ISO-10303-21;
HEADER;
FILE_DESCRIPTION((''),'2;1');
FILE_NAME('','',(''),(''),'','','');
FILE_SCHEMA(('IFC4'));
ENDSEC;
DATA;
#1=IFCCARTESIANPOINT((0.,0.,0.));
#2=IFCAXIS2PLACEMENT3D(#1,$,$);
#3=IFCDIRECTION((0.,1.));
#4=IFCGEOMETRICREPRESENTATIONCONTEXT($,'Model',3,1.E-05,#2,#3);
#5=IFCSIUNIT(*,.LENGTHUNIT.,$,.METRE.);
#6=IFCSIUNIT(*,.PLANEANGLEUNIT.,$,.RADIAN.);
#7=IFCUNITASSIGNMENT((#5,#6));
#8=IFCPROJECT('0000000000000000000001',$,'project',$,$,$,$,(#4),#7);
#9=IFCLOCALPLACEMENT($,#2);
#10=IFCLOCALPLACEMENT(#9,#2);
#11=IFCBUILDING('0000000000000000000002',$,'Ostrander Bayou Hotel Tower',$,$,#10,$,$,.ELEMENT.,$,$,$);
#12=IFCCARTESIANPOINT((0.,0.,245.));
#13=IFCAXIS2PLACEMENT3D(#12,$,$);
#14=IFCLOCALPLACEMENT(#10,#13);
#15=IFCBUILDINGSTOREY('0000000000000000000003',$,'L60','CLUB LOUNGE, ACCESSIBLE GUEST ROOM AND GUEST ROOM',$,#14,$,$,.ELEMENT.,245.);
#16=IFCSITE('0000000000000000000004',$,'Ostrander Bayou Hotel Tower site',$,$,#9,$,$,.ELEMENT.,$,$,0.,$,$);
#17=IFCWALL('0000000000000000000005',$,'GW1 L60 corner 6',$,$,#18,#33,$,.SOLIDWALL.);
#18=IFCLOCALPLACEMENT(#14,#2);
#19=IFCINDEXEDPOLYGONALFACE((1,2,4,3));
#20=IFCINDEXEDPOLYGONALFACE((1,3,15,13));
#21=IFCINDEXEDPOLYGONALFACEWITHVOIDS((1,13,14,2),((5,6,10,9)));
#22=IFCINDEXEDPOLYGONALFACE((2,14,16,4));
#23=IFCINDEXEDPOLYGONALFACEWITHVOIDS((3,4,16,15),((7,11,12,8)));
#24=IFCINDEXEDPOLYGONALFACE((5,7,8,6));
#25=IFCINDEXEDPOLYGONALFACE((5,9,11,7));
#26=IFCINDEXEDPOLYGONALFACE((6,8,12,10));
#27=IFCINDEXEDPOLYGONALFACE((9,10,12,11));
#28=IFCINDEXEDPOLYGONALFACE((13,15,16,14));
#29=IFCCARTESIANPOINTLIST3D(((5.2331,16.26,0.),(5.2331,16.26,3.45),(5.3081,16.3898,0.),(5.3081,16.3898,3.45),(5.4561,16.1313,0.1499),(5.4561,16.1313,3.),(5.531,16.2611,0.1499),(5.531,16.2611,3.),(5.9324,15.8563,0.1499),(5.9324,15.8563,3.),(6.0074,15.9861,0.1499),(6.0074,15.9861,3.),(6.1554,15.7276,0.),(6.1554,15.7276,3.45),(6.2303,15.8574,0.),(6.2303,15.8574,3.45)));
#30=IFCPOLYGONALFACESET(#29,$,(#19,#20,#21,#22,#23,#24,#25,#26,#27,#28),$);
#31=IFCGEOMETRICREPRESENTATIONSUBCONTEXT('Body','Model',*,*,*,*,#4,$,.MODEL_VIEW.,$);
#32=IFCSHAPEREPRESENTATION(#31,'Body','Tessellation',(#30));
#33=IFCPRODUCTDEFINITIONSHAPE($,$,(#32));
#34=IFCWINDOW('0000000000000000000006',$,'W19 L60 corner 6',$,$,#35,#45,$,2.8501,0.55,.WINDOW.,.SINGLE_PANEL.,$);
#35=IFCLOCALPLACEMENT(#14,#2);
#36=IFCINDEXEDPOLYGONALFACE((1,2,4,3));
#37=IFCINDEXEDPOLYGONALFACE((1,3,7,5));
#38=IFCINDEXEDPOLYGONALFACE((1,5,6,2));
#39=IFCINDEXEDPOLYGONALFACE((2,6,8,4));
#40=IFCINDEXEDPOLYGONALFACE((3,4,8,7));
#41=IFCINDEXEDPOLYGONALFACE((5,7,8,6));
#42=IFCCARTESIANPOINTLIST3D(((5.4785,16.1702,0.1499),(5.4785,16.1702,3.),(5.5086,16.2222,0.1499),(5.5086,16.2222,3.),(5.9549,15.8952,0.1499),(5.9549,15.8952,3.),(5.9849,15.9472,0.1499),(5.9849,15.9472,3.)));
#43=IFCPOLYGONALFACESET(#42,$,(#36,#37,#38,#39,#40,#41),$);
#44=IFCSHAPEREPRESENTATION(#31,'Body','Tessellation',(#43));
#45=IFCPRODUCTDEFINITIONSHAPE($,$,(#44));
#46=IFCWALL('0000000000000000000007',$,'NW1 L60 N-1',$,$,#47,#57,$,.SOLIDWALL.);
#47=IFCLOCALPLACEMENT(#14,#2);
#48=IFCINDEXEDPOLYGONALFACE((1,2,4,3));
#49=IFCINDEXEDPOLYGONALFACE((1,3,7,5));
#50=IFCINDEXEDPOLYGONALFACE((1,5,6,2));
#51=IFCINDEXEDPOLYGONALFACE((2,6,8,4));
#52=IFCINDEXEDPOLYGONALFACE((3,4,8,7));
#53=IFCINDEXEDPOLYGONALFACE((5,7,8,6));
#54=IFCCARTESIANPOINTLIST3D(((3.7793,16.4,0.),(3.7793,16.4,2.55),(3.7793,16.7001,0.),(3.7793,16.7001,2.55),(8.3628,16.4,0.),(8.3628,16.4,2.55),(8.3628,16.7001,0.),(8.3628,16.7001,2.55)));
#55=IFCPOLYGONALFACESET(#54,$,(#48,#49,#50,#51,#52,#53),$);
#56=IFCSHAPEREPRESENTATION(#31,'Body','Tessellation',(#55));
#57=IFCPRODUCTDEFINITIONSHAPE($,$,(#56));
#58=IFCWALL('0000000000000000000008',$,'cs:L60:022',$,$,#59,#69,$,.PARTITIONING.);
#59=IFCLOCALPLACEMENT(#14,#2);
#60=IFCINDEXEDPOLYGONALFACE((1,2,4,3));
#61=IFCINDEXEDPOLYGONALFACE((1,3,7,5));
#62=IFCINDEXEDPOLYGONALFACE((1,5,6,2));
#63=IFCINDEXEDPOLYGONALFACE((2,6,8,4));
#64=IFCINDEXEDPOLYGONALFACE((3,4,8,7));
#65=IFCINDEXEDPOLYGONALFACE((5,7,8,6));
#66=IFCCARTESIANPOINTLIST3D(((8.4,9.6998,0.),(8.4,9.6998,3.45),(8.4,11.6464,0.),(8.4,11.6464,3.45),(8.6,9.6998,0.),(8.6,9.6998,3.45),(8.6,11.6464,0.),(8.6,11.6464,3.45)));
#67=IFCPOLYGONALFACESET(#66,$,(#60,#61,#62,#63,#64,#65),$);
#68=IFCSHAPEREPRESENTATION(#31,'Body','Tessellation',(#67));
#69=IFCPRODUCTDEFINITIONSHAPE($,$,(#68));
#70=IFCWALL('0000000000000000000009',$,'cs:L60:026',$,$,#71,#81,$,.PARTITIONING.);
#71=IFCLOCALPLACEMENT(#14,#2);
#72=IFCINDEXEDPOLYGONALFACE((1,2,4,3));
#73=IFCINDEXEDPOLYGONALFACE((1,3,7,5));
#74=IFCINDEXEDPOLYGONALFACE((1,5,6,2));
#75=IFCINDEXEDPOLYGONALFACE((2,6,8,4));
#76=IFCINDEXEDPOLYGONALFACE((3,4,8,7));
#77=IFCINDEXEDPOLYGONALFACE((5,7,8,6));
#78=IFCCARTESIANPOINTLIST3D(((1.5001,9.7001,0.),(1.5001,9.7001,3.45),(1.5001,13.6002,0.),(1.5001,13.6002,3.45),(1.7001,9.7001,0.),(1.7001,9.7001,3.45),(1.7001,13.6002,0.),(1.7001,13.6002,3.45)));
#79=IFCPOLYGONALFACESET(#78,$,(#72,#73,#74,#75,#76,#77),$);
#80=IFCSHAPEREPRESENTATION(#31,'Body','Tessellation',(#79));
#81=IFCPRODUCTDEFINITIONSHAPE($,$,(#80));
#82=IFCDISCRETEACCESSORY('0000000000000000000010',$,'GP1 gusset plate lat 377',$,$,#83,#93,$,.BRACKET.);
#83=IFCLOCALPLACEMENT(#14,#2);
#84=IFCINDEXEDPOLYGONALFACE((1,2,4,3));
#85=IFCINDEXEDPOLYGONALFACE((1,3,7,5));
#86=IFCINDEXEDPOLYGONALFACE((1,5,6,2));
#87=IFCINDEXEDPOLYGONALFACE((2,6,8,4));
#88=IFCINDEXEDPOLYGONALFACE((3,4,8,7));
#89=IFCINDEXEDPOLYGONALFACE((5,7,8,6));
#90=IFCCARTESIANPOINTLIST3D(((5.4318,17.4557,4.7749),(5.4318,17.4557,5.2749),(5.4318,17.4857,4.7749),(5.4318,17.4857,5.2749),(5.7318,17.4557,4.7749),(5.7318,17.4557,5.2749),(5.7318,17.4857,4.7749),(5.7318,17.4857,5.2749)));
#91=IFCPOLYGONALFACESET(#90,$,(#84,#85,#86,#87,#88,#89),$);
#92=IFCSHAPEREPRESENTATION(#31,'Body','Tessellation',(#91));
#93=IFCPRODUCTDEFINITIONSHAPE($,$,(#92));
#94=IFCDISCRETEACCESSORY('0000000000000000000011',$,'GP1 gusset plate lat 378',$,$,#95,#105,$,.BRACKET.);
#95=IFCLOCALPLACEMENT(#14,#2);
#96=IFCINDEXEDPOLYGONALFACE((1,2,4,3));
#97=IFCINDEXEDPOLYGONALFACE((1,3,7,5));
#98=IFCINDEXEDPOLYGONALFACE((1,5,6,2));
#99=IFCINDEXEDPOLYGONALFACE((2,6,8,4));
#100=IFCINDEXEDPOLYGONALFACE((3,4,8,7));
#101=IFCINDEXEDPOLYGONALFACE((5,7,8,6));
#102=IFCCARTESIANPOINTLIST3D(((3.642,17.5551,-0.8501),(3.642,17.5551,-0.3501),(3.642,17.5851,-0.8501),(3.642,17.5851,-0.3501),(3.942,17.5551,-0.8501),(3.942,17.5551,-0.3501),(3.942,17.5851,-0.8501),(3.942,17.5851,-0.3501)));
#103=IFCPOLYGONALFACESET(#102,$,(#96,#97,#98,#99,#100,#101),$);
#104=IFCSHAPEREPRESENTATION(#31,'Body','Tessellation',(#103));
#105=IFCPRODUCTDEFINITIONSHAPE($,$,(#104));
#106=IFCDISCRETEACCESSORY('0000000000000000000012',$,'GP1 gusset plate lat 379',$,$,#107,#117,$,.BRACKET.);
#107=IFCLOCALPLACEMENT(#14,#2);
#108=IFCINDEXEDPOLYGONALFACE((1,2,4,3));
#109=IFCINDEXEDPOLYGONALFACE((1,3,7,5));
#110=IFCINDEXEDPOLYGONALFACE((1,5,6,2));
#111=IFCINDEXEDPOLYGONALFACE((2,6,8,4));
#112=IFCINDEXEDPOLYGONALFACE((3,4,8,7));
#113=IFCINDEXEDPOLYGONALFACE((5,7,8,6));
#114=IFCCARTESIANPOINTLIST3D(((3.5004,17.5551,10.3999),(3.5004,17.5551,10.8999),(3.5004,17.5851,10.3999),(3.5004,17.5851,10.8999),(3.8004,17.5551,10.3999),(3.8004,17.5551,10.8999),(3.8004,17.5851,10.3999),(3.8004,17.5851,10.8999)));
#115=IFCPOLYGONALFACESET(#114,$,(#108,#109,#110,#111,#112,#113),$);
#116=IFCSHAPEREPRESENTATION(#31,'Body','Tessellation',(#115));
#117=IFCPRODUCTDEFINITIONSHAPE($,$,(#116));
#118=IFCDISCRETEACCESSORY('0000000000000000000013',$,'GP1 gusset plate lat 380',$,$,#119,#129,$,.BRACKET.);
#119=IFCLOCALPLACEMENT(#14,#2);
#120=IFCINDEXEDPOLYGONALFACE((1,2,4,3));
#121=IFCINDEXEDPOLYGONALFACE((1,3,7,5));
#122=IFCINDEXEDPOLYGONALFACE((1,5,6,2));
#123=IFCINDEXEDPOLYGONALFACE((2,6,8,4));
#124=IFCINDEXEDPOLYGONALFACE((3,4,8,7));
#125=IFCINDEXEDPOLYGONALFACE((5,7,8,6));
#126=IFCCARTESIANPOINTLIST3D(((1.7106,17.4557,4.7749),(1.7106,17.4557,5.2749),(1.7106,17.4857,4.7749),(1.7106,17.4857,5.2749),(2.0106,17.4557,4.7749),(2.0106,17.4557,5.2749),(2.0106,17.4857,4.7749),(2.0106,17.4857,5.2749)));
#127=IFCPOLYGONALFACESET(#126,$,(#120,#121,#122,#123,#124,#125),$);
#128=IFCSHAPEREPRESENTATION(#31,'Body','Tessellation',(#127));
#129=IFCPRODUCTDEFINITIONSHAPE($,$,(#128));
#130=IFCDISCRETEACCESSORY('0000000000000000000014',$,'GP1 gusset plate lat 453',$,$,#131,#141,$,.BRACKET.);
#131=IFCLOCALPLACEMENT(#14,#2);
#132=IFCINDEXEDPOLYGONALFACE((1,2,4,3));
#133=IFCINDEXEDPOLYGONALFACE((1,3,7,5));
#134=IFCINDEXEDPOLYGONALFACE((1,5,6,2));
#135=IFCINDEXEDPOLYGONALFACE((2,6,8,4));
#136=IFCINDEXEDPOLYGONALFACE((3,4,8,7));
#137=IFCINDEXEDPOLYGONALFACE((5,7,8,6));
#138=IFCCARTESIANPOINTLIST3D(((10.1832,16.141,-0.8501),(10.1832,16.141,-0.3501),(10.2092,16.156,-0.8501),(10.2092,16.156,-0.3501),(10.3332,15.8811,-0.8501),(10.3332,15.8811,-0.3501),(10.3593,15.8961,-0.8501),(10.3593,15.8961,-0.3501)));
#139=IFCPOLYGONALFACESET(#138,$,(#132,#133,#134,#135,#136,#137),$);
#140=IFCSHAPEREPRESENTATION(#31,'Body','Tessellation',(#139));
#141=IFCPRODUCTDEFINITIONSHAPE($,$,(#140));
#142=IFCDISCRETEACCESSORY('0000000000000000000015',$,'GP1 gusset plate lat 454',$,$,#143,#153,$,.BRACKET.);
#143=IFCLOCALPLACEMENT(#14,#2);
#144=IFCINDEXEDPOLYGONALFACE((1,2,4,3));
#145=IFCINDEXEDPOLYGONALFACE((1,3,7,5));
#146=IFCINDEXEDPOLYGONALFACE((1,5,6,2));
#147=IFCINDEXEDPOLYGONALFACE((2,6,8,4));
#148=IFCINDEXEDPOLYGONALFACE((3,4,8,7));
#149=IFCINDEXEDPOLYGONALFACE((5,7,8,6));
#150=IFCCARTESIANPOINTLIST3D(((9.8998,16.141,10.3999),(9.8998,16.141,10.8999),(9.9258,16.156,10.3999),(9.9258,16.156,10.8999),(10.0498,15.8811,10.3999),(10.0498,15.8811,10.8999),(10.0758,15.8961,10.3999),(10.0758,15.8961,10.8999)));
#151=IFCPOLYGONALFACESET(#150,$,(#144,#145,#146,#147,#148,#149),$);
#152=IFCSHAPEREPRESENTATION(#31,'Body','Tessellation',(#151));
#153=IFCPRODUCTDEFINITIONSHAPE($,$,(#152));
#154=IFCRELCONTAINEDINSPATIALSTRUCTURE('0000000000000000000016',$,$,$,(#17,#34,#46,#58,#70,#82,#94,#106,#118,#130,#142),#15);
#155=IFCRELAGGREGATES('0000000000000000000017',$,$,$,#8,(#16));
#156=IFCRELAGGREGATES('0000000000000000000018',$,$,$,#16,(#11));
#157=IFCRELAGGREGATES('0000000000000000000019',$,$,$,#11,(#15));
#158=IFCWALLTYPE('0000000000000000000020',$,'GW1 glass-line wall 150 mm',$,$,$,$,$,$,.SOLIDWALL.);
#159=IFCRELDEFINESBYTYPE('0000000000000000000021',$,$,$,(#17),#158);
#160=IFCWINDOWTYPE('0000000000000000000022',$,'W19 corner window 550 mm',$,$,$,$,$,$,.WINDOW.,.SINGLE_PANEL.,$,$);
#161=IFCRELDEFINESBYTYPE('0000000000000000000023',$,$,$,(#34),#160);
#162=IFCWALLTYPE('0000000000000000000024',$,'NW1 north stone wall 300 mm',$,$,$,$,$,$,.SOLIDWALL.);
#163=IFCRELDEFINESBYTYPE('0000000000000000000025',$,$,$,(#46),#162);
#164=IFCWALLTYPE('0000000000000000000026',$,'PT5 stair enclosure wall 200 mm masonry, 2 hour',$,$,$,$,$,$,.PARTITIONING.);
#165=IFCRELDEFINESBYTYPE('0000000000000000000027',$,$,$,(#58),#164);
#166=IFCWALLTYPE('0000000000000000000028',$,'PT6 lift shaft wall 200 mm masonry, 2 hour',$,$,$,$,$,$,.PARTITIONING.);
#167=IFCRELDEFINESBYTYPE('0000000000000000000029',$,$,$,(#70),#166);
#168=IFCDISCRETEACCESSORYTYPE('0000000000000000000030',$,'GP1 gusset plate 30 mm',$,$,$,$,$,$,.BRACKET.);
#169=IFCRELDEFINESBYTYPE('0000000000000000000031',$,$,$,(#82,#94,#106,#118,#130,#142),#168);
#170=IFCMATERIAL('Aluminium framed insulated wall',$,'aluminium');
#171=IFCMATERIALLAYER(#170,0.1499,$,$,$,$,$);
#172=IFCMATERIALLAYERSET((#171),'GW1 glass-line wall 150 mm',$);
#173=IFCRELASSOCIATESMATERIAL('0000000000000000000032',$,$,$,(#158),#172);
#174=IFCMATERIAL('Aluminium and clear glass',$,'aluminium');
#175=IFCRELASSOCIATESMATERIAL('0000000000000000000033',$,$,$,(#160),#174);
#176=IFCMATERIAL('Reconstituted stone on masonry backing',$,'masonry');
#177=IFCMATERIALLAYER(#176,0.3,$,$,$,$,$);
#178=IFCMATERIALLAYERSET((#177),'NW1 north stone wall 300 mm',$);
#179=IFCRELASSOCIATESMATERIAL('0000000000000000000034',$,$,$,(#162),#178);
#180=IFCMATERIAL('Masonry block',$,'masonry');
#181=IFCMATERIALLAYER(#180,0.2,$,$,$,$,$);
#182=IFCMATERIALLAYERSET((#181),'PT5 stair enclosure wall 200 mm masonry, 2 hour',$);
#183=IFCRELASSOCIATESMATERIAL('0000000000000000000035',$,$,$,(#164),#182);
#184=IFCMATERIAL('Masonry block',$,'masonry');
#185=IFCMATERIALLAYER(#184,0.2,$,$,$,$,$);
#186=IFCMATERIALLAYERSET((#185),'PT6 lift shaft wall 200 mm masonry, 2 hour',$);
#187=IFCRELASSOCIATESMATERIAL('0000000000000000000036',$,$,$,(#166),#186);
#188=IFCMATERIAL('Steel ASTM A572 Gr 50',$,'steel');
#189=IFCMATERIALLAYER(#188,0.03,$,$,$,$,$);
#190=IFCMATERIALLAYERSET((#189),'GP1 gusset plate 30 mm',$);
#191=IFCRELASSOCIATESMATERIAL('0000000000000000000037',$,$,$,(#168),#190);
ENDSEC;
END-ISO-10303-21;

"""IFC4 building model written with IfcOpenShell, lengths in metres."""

from ifc_helpers import new_model, si_unit, direction, frame, frame_2d, origin, origin_2d, place, context, subcontext, project, spatial, rectangle, extrude, material, layer, layer_set, type_object, element, fill, save


model = new_model("IFC4")

# Units and contexts
model_context = context("Model", 3, precision=1e-05, world=origin(), true_north=direction((0.0, 1.0)))
body_context = subcontext(model_context, "Body", "Model", "MODEL_VIEW")
ifc_project = project(units=[si_unit("LENGTHUNIT", "METRE"), si_unit("PLANEANGLEUNIT", "RADIAN")], contexts=[model_context])

# Site, building, storey
site_placement = place(None, origin())
site = spatial("IfcSite", under=ifc_project, at=site_placement, Name="Ostrander Bayou Hotel Tower site", CompositionType="ELEMENT", RefElevation=0.0)
building_placement = place(site_placement, origin())
building = spatial("IfcBuilding", under=site, at=building_placement, Name="Ostrander Bayou Hotel Tower", CompositionType="ELEMENT")
storey_placement = place(building_placement, frame((0.0, 0.0, 245.0)))
storey = spatial("IfcBuildingStorey", under=building, at=storey_placement, Name="L60", Description="CLUB LOUNGE, ACCESSIBLE GUEST ROOM AND GUEST ROOM", CompositionType="ELEMENT", Elevation=245.0)

# Wall, opening, window
ifc_material_1 = material(Name="Aluminium framed insulated wall", Category="aluminium")
ifc_layer_1 = layer(ifc_material_1, 0.1499)
ifc_layer_set_1 = layer_set([ifc_layer_1], Name="GW1 glass-line wall 150 mm")
wall_type_1 = type_object("IfcWallType", Name="GW1 glass-line wall 150 mm", PredefinedType="SOLIDWALL", material=ifc_layer_set_1)
wall_1_placement = place(storey_placement, frame((6.1929, 15.7925, 0.0), z_axis=(0.0, 0.0, 1.0), x_axis=(-0.866048, 0.499961, 0.0)))
wall_1 = element("IfcWall", 1, at=wall_1_placement, inside=storey, type_object=wall_type_1, Name="GW1 L60 corner 6", PredefinedType="SOLIDWALL", context=body_context, shape_type="SweptSolid", body=[
    extrude(rectangle(XDim=1.0649, YDim=0.1499, at=frame_2d((0.5325, 0.0))), origin(), (0.0, 0.0, 1.0), 3.45),
])
opening_1_placement = place(wall_1_placement, frame((0.2576, 0.0, 0.1499)))
opening_1 = element("IfcOpeningElement", 2, at=opening_1_placement, cuts=wall_1, PredefinedType="OPENING", context=body_context, shape_type="SweptSolid", body=[
    extrude(rectangle(XDim=0.55, YDim=2.8501, at=frame_2d((0.2749, 1.425))), frame((0.0, 0.075, 0.0), z_axis=(0.0, -1.0, 0.0), x_axis=(1.0, 0.0, 0.0)), (0.0, 0.0, 1.0), 0.1499),
])
ifc_material_2 = material(Name="Aluminium and clear glass", Category="aluminium")
window_type_1 = type_object("IfcWindowType", Name="W19 corner window 550 mm", PartitioningType="SINGLE_PANEL", PredefinedType="WINDOW", material=ifc_material_2)
window_1_placement = place(opening_1_placement, origin())
window_1 = element("IfcWindow", 3, at=window_1_placement, inside=storey, type_object=window_type_1, Name="W19 L60 corner 6", OverallHeight=2.8501, OverallWidth=0.55, PartitioningType="SINGLE_PANEL", PredefinedType="WINDOW", context=body_context, shape_type="SweptSolid", body=[
    extrude(rectangle(XDim=0.55, YDim=2.8501, at=frame_2d((0.2749, 1.425))), frame((0.0, 0.03, 0.0), z_axis=(0.0, -1.0, 0.0), x_axis=(1.0, 0.0, 0.0)), (0.0, 0.0, 1.0), 0.0601),
])
fill(opening_1, window_1)

# Wall
ifc_material_3 = material(Name="Reconstituted stone on masonry backing", Category="masonry")
ifc_layer_2 = layer(ifc_material_3, 0.3)
ifc_layer_set_2 = layer_set([ifc_layer_2], Name="NW1 north stone wall 300 mm")
wall_type_2 = type_object("IfcWallType", Name="NW1 north stone wall 300 mm", PredefinedType="SOLIDWALL", material=ifc_layer_set_2)
wall_2_placement = place(storey_placement, frame((8.3628, 16.55, 0.0), z_axis=(0.0, 0.0, 1.0), x_axis=(-1.0, 0.0, 0.0)))
element("IfcWall", 4, at=wall_2_placement, inside=storey, type_object=wall_type_2, Name="NW1 L60 N-1", PredefinedType="SOLIDWALL", context=body_context, shape_type="SweptSolid", body=[
    extrude(rectangle(XDim=4.5835, YDim=0.3, at=frame_2d((2.2917, 0.0))), origin(), (0.0, 0.0, 1.0), 2.55),
])

# Wall
ifc_material_4 = material(Name="Masonry block", Category="masonry")
ifc_layer_3 = layer(ifc_material_4, 0.2)
ifc_layer_set_3 = layer_set([ifc_layer_3], Name="PT5 stair enclosure wall 200 mm masonry, 2 hour")
wall_type_3 = type_object("IfcWallType", Name="PT5 stair enclosure wall 200 mm masonry, 2 hour", PredefinedType="PARTITIONING", material=ifc_layer_set_3)
wall_3_placement = place(storey_placement, frame((8.5, 9.7, 0.0), z_axis=(0.0, 0.0, 1.0), x_axis=(0.0, 1.0, 0.0)))
element("IfcWall", 5, at=wall_3_placement, inside=storey, type_object=wall_type_3, Name="cs:L60:022", PredefinedType="PARTITIONING", context=body_context, shape_type="SweptSolid", body=[
    extrude(rectangle(XDim=1.9465, YDim=0.2, at=frame_2d((0.9731, 0.0))), origin(), (0.0, 0.0, 1.0), 3.45),
])

# Wall
ifc_material_5 = material(Name="Masonry block", Category="masonry")
ifc_layer_4 = layer(ifc_material_5, 0.2)
ifc_layer_set_4 = layer_set([ifc_layer_4], Name="PT6 lift shaft wall 200 mm masonry, 2 hour")
wall_type_4 = type_object("IfcWallType", Name="PT6 lift shaft wall 200 mm masonry, 2 hour", PredefinedType="PARTITIONING", material=ifc_layer_set_4)
wall_4_placement = place(storey_placement, frame((1.6001, 9.7, 0.0), z_axis=(0.0, 0.0, 1.0), x_axis=(0.0, 1.0, 0.0)))
element("IfcWall", 6, at=wall_4_placement, inside=storey, type_object=wall_type_4, Name="cs:L60:026", PredefinedType="PARTITIONING", context=body_context, shape_type="SweptSolid", body=[
    extrude(rectangle(XDim=3.9001, YDim=0.2, at=frame_2d((1.9502, 0.0))), origin(), (0.0, 0.0, 1.0), 3.45),
])

# Discrete accessories
ifc_material_6 = material(Name="Steel ASTM A572 Gr 50", Category="steel")
ifc_layer_5 = layer(ifc_material_6, 0.03)
ifc_layer_set_5 = layer_set([ifc_layer_5], Name="GP1 gusset plate 30 mm")
discrete_accessory_type = type_object("IfcDiscreteAccessoryType", Name="GP1 gusset plate 30 mm", PredefinedType="BRACKET", material=ifc_layer_set_5)
for number, where, z_axis, x_axis, name in (
    (7, (5.5818, 17.4707, 4.7749), (0.0, 0.0, 1.0), (-1.0, 0.0, 0.0), "GP1 gusset plate lat 377"),
    (8, (3.792, 17.5701, -0.8501), (0.0, 0.0, 1.0), (-1.0, 0.0, 0.0), "GP1 gusset plate lat 378"),
    (9, (3.6504, 17.5701, 10.3999), (0.0, 0.0, 1.0), (-1.0, 0.0, 0.0), "GP1 gusset plate lat 379"),
    (10, (1.8606, 17.4707, 4.7749), (0.0, 0.0, 1.0), (-1.0, 0.0, 0.0), "GP1 gusset plate lat 380"),
    (11, (10.2712, 16.0186, -0.8501), (0.0, 0.0, 1.0), (-0.5, 0.866025, 0.0), "GP1 gusset plate lat 453"),
    (12, (9.9878, 16.0186, 10.3999), (0.0, 0.0, 1.0), (-0.5, 0.866025, 0.0), "GP1 gusset plate lat 454"),
):
    element("IfcDiscreteAccessory", number, at=place(storey_placement, frame(where, z_axis=z_axis, x_axis=x_axis)), inside=storey, type_object=discrete_accessory_type, Name=name, PredefinedType="BRACKET", context=body_context, shape_type="SweptSolid", body=[
        extrude(rectangle(XDim=0.3, YDim=0.03, at=origin_2d()), origin(), (0.0, 0.0, 1.0), 0.5),
    ])

save(model, "model.ifc")
